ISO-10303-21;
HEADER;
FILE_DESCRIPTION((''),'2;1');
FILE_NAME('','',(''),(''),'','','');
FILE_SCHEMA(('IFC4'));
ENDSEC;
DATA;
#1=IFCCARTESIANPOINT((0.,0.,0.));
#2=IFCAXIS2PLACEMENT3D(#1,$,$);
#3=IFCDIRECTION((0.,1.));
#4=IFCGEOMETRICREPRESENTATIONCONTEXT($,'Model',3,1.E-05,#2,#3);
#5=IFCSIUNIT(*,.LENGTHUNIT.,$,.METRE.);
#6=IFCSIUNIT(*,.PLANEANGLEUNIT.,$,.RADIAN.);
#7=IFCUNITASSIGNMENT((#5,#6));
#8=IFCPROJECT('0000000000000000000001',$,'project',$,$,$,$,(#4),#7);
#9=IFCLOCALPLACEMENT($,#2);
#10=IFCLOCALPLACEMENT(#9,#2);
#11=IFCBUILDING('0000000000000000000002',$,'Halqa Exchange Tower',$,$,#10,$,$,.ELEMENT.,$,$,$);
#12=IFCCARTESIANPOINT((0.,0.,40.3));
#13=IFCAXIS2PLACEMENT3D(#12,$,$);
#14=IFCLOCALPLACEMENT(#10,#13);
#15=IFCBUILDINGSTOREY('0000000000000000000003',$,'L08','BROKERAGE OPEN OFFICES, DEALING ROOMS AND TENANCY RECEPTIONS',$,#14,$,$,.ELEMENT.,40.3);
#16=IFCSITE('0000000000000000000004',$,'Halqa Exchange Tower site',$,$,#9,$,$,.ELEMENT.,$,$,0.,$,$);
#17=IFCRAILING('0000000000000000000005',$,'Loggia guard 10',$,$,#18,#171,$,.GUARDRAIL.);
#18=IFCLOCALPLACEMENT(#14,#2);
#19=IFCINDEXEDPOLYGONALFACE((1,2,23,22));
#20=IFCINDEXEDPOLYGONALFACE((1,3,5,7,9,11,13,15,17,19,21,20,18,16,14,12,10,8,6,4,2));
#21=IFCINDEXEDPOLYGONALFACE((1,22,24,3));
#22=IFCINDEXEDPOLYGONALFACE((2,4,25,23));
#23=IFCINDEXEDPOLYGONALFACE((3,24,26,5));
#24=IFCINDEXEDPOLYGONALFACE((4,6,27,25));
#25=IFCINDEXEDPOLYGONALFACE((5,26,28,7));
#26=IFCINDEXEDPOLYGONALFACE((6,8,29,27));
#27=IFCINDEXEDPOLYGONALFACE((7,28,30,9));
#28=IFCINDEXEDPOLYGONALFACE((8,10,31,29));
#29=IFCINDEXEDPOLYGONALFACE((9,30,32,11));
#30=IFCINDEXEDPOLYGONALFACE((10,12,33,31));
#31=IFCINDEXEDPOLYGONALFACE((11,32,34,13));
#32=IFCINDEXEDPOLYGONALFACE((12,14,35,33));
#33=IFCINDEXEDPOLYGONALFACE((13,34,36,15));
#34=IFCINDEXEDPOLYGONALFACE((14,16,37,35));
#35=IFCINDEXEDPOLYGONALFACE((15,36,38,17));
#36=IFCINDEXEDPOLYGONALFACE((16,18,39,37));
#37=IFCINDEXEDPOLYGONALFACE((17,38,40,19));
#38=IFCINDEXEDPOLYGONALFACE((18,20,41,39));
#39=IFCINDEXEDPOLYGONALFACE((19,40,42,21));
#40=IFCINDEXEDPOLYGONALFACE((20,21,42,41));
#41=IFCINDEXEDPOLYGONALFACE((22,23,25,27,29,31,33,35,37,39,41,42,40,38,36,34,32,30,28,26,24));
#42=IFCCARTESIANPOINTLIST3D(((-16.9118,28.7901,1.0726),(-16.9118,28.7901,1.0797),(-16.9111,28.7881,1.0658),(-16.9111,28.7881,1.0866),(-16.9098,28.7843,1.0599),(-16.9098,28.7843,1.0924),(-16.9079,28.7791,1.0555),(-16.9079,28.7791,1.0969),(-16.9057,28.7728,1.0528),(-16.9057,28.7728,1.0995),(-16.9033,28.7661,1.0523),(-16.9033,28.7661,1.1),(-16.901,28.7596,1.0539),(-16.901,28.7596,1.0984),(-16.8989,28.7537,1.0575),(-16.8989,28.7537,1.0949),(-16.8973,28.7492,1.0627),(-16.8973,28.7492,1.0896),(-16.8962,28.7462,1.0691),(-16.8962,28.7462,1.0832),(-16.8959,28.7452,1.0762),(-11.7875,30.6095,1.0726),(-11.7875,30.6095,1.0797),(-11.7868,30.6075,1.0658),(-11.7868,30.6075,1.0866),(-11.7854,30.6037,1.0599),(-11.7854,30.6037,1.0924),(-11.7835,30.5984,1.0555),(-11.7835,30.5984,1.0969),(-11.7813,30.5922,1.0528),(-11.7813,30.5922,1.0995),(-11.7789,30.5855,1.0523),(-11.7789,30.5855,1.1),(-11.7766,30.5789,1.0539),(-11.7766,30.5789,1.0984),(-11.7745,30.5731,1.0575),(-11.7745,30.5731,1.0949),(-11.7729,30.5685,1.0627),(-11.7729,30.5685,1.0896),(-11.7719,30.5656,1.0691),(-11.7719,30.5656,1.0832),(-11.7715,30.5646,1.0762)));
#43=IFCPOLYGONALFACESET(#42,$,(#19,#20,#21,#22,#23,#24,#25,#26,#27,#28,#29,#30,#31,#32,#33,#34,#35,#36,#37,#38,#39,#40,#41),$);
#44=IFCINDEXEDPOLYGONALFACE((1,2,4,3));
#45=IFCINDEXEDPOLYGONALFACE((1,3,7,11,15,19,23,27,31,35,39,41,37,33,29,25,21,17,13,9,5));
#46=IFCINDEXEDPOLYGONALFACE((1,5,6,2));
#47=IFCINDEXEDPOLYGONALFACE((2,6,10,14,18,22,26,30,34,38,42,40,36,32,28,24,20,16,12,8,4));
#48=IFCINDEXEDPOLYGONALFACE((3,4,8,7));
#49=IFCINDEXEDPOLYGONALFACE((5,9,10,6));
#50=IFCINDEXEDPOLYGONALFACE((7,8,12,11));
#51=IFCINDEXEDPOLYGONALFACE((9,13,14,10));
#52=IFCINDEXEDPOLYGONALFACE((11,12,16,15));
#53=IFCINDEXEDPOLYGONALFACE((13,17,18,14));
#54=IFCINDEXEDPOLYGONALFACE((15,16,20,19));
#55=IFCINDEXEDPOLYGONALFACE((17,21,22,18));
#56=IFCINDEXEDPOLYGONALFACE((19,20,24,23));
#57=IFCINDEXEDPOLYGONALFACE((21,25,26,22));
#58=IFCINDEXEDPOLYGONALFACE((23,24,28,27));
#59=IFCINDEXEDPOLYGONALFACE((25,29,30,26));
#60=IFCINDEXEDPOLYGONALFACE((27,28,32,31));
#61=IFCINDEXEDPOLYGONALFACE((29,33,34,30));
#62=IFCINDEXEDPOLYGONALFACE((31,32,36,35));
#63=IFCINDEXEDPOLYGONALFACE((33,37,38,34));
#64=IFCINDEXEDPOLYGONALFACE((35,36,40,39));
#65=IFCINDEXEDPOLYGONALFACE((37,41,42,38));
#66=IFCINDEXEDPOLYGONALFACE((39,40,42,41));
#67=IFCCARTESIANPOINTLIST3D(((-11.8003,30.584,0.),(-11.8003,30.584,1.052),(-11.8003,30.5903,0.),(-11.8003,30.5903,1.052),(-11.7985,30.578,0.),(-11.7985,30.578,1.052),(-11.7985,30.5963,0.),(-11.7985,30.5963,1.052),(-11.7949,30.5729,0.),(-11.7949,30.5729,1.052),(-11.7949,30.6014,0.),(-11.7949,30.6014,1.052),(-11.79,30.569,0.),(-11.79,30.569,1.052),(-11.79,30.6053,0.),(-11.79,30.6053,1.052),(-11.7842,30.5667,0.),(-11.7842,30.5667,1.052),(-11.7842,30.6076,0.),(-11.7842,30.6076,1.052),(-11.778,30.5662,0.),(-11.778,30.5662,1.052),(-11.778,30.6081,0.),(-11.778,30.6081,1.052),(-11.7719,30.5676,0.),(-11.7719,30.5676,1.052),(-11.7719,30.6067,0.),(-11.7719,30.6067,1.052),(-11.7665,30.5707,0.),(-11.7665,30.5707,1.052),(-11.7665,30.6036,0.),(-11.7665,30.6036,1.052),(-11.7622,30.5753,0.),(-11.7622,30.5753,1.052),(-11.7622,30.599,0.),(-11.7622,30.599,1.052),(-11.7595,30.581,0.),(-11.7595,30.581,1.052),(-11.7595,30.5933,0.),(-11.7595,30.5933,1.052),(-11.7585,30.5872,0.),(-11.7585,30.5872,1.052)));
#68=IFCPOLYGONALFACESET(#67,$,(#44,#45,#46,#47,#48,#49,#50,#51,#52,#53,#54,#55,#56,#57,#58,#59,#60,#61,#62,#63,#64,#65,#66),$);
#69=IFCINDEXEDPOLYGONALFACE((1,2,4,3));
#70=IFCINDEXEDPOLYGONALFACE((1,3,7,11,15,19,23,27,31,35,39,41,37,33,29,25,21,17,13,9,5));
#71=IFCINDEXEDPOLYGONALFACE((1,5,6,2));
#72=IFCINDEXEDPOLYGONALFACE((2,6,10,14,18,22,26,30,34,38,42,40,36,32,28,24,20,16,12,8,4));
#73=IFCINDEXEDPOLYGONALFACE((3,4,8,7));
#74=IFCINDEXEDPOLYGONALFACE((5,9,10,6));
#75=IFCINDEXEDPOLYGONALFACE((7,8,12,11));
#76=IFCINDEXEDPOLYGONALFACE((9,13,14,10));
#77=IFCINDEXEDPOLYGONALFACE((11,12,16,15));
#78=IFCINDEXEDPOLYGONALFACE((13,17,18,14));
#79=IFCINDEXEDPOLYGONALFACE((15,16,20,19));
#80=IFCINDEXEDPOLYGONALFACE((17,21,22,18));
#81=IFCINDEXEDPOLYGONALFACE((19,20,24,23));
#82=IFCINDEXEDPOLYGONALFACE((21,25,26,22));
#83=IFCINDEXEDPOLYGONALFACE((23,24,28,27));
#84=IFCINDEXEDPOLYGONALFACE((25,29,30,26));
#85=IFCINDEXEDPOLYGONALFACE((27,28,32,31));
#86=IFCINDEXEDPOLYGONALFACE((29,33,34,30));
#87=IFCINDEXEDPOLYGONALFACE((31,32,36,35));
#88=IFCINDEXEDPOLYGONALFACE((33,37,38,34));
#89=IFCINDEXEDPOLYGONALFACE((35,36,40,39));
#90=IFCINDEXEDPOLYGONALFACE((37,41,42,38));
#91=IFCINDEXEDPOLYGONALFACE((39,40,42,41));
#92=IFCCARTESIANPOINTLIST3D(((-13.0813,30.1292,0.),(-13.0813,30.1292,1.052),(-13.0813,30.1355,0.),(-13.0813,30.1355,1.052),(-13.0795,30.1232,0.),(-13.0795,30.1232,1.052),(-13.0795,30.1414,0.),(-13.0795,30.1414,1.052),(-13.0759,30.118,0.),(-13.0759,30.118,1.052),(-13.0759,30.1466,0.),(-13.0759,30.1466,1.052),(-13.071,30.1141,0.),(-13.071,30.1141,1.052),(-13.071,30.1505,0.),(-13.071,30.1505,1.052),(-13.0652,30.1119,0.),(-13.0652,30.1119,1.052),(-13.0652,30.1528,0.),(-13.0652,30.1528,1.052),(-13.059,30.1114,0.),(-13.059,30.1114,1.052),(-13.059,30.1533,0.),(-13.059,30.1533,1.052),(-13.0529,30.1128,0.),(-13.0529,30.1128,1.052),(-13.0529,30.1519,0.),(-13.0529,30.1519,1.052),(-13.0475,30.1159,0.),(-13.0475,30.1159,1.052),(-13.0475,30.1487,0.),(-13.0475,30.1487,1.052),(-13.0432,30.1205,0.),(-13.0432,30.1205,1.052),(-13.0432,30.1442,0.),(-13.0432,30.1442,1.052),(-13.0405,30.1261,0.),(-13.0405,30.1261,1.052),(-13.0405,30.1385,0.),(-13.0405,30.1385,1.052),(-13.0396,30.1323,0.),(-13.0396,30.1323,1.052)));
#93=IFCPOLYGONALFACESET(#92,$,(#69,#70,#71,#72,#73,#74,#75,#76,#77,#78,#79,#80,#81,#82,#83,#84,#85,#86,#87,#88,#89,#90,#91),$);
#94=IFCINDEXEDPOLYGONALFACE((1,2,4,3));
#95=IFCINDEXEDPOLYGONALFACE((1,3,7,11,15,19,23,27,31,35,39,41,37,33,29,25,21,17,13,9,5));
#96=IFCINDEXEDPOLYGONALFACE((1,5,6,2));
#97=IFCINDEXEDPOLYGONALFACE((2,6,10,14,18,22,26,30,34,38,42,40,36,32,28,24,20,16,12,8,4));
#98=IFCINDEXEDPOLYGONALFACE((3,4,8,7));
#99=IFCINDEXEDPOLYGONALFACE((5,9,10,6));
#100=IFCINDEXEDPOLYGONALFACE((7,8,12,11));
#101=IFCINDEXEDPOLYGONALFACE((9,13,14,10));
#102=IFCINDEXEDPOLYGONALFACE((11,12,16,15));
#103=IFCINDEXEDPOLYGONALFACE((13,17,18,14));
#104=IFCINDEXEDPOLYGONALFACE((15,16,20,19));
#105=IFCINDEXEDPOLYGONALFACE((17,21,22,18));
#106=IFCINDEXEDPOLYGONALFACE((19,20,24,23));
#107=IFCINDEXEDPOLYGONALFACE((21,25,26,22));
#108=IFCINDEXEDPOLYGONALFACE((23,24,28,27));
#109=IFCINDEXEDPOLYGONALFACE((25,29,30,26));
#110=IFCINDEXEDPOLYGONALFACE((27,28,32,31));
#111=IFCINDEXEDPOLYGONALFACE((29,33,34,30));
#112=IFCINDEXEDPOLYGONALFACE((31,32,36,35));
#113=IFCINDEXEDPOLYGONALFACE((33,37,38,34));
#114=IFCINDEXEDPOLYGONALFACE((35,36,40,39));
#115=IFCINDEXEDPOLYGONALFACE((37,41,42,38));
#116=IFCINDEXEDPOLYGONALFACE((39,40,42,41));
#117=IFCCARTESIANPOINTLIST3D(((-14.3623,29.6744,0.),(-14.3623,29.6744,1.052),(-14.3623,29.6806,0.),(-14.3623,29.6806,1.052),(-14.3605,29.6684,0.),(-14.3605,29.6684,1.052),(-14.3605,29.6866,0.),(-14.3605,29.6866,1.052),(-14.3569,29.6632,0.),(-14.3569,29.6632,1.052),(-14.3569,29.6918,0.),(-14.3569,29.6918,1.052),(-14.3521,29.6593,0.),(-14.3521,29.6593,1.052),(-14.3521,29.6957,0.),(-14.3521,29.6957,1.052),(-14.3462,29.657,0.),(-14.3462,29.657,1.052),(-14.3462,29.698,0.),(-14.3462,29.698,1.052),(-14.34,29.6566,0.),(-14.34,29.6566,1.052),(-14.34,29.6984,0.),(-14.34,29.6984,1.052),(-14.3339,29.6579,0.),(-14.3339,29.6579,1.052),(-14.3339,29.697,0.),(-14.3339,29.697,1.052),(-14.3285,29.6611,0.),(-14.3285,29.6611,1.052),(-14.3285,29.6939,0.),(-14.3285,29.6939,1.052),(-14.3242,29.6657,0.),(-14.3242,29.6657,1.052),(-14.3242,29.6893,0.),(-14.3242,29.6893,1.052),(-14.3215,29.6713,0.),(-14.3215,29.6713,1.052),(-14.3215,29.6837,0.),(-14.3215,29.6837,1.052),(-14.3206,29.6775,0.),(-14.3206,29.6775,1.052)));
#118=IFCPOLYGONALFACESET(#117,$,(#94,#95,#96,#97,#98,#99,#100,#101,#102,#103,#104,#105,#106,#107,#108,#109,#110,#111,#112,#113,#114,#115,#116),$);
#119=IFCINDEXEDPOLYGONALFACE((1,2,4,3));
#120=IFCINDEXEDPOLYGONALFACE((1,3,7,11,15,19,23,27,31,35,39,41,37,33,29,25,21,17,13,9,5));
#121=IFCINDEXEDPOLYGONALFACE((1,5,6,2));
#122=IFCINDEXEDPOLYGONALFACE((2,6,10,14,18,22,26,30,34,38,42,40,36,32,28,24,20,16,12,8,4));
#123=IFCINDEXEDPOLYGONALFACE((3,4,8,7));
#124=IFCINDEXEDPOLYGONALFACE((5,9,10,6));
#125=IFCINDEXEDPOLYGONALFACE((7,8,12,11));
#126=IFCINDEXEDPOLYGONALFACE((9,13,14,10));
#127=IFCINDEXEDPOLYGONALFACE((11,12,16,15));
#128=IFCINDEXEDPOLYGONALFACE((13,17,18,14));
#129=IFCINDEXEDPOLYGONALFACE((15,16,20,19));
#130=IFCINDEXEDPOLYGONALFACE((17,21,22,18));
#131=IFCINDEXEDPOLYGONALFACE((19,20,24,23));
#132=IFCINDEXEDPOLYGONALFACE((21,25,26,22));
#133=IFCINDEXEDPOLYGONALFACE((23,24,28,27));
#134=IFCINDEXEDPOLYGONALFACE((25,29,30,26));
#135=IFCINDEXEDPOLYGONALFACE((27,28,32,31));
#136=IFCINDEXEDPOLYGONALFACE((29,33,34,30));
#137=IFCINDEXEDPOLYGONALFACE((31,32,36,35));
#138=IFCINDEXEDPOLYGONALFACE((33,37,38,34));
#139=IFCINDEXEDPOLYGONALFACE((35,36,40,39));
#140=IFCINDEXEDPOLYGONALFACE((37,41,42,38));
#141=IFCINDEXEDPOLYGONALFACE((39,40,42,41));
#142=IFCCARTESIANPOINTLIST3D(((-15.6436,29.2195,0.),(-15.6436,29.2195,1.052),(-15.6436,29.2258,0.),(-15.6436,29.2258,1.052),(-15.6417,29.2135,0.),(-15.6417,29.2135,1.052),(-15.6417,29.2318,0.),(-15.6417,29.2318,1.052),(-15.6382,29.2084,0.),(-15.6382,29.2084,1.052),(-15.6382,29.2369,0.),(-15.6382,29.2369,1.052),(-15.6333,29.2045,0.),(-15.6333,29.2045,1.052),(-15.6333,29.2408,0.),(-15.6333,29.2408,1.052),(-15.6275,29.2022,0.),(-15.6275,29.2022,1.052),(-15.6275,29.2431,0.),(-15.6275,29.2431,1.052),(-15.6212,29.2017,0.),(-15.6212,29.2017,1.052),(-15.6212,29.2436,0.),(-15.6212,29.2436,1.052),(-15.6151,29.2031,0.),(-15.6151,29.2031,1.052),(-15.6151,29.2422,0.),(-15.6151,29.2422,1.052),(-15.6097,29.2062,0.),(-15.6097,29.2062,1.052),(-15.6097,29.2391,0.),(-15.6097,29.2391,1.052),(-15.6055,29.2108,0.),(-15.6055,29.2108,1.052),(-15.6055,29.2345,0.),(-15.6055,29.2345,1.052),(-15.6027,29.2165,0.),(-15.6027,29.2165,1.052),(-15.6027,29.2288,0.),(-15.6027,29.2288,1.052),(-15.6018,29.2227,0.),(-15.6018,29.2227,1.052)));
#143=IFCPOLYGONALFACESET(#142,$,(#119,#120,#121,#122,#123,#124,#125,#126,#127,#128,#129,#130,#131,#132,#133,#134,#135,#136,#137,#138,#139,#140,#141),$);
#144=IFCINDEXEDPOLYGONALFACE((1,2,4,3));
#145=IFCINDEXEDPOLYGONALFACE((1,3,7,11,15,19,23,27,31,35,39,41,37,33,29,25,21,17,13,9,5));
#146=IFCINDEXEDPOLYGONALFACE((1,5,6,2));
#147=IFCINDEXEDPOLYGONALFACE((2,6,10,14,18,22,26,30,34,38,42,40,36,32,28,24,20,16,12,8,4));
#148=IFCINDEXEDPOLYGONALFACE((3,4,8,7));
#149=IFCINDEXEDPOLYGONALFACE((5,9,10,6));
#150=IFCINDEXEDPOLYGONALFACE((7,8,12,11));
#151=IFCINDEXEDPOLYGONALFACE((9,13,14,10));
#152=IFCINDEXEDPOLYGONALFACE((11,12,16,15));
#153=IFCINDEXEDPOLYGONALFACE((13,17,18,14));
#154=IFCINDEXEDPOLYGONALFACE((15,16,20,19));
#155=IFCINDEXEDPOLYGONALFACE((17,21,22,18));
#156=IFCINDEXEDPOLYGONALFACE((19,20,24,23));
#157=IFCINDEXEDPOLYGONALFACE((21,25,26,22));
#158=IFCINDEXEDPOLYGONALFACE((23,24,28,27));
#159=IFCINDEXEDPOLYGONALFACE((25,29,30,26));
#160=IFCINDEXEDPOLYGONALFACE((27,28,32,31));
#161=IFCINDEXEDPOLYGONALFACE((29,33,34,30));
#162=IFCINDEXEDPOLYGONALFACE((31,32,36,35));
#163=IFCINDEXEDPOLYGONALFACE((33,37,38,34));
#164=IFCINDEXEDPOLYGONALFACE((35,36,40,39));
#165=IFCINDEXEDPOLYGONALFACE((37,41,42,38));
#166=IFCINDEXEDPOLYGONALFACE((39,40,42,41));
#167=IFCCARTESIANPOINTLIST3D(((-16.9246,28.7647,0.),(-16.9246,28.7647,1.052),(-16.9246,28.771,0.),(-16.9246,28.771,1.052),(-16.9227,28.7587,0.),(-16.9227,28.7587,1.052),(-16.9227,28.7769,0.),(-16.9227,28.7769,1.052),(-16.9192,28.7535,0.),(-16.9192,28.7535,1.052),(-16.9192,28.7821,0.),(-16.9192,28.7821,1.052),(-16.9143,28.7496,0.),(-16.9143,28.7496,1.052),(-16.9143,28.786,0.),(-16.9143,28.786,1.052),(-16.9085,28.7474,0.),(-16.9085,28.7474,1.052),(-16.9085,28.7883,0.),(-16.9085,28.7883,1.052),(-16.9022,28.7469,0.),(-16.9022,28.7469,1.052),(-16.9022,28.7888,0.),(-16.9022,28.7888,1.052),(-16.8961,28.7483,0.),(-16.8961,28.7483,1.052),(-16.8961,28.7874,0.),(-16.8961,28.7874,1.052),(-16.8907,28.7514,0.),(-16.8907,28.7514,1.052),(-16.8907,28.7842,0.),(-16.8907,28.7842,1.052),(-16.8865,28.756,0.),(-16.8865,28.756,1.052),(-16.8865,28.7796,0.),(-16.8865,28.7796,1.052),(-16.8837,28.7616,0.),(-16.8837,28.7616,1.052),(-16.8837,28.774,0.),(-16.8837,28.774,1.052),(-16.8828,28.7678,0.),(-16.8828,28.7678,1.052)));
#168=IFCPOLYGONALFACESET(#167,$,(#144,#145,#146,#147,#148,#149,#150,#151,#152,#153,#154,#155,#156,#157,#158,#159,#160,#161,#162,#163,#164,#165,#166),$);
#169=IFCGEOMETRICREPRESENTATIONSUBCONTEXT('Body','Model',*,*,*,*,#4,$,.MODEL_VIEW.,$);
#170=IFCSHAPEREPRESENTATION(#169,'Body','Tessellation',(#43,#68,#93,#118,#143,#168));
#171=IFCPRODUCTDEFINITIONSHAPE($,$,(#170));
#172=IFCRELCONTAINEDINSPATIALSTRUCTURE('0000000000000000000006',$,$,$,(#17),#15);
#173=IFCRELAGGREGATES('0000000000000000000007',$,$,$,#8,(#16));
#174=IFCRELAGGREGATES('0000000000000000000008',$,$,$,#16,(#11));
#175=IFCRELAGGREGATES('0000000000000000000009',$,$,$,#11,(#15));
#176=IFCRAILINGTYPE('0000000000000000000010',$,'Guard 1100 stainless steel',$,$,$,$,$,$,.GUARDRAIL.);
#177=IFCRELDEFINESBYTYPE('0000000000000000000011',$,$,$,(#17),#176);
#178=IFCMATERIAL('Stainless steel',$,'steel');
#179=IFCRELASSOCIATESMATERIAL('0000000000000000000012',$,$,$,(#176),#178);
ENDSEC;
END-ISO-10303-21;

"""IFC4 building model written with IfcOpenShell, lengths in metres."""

from ifc_helpers import new_model, si_unit, direction, frame, origin, origin_2d, place, context, subcontext, project, spatial, circle, extrude, material, type_object, element, save


model = new_model("IFC4")

# Units and contexts
model_context = context("Model", 3, precision=1e-05, world=origin(), true_north=direction((0.0, 1.0)))
body_context = subcontext(model_context, "Body", "Model", "MODEL_VIEW")
ifc_project = project(units=[si_unit("LENGTHUNIT", "METRE"), si_unit("PLANEANGLEUNIT", "RADIAN")], contexts=[model_context])

# Site, building, storey
site_placement = place(None, origin())
site = spatial("IfcSite", under=ifc_project, at=site_placement, Name="Halqa Exchange Tower site", CompositionType="ELEMENT", RefElevation=0.0)
building_placement = place(site_placement, origin())
building = spatial("IfcBuilding", under=site, at=building_placement, Name="Halqa Exchange Tower", CompositionType="ELEMENT")
storey_placement = place(building_placement, frame((0.0, 0.0, 40.3)))
storey = spatial("IfcBuildingStorey", under=building, at=storey_placement, Name="L08", Description="BROKERAGE OPEN OFFICES, DEALING ROOMS AND TENANCY RECEPTIONS", CompositionType="ELEMENT", Elevation=40.3)

# Railing
ifc_material_1 = material(Name="Stainless steel", Category="steel")
railing_type_1 = type_object("IfcRailingType", Name="Guard 1100 stainless steel", PredefinedType="GUARDRAIL", material=ifc_material_1)
railing_1_placement = place(storey_placement, frame((-11.7795, 30.5872, 0.0)))
element("IfcRailing", 1, at=railing_1_placement, inside=storey, type_object=railing_type_1, Name="Loggia guard 10", PredefinedType="GUARDRAIL", context=body_context, shape_type="SweptSolid", body=[
    extrude(circle(Radius=0.0239, at=origin_2d()), frame((0.0, 0.0, 1.0762), z_axis=(-0.942367, -0.334581, 0.0), x_axis=(0.334581, -0.942367, 0.0)), (0.0, 0.0, 1.0), 5.4377),
    extrude(circle(Radius=0.021, at=origin_2d()), origin(), (0.0, 0.0, 1.0), 1.052),
    extrude(circle(Radius=0.021, at=origin_2d()), frame((-1.281, -0.4548, 0.0)), (0.0, 0.0, 1.0), 1.052),
    extrude(circle(Radius=0.021, at=origin_2d()), frame((-2.562, -0.9097, 0.0)), (0.0, 0.0, 1.0), 1.052),
    extrude(circle(Radius=0.021, at=origin_2d()), frame((-3.8433, -1.3645, 0.0)), (0.0, 0.0, 1.0), 1.052),
    extrude(circle(Radius=0.021, at=origin_2d()), frame((-5.1243, -1.8193, 0.0)), (0.0, 0.0, 1.0), 1.052),
])

save(model, "model.ifc")
